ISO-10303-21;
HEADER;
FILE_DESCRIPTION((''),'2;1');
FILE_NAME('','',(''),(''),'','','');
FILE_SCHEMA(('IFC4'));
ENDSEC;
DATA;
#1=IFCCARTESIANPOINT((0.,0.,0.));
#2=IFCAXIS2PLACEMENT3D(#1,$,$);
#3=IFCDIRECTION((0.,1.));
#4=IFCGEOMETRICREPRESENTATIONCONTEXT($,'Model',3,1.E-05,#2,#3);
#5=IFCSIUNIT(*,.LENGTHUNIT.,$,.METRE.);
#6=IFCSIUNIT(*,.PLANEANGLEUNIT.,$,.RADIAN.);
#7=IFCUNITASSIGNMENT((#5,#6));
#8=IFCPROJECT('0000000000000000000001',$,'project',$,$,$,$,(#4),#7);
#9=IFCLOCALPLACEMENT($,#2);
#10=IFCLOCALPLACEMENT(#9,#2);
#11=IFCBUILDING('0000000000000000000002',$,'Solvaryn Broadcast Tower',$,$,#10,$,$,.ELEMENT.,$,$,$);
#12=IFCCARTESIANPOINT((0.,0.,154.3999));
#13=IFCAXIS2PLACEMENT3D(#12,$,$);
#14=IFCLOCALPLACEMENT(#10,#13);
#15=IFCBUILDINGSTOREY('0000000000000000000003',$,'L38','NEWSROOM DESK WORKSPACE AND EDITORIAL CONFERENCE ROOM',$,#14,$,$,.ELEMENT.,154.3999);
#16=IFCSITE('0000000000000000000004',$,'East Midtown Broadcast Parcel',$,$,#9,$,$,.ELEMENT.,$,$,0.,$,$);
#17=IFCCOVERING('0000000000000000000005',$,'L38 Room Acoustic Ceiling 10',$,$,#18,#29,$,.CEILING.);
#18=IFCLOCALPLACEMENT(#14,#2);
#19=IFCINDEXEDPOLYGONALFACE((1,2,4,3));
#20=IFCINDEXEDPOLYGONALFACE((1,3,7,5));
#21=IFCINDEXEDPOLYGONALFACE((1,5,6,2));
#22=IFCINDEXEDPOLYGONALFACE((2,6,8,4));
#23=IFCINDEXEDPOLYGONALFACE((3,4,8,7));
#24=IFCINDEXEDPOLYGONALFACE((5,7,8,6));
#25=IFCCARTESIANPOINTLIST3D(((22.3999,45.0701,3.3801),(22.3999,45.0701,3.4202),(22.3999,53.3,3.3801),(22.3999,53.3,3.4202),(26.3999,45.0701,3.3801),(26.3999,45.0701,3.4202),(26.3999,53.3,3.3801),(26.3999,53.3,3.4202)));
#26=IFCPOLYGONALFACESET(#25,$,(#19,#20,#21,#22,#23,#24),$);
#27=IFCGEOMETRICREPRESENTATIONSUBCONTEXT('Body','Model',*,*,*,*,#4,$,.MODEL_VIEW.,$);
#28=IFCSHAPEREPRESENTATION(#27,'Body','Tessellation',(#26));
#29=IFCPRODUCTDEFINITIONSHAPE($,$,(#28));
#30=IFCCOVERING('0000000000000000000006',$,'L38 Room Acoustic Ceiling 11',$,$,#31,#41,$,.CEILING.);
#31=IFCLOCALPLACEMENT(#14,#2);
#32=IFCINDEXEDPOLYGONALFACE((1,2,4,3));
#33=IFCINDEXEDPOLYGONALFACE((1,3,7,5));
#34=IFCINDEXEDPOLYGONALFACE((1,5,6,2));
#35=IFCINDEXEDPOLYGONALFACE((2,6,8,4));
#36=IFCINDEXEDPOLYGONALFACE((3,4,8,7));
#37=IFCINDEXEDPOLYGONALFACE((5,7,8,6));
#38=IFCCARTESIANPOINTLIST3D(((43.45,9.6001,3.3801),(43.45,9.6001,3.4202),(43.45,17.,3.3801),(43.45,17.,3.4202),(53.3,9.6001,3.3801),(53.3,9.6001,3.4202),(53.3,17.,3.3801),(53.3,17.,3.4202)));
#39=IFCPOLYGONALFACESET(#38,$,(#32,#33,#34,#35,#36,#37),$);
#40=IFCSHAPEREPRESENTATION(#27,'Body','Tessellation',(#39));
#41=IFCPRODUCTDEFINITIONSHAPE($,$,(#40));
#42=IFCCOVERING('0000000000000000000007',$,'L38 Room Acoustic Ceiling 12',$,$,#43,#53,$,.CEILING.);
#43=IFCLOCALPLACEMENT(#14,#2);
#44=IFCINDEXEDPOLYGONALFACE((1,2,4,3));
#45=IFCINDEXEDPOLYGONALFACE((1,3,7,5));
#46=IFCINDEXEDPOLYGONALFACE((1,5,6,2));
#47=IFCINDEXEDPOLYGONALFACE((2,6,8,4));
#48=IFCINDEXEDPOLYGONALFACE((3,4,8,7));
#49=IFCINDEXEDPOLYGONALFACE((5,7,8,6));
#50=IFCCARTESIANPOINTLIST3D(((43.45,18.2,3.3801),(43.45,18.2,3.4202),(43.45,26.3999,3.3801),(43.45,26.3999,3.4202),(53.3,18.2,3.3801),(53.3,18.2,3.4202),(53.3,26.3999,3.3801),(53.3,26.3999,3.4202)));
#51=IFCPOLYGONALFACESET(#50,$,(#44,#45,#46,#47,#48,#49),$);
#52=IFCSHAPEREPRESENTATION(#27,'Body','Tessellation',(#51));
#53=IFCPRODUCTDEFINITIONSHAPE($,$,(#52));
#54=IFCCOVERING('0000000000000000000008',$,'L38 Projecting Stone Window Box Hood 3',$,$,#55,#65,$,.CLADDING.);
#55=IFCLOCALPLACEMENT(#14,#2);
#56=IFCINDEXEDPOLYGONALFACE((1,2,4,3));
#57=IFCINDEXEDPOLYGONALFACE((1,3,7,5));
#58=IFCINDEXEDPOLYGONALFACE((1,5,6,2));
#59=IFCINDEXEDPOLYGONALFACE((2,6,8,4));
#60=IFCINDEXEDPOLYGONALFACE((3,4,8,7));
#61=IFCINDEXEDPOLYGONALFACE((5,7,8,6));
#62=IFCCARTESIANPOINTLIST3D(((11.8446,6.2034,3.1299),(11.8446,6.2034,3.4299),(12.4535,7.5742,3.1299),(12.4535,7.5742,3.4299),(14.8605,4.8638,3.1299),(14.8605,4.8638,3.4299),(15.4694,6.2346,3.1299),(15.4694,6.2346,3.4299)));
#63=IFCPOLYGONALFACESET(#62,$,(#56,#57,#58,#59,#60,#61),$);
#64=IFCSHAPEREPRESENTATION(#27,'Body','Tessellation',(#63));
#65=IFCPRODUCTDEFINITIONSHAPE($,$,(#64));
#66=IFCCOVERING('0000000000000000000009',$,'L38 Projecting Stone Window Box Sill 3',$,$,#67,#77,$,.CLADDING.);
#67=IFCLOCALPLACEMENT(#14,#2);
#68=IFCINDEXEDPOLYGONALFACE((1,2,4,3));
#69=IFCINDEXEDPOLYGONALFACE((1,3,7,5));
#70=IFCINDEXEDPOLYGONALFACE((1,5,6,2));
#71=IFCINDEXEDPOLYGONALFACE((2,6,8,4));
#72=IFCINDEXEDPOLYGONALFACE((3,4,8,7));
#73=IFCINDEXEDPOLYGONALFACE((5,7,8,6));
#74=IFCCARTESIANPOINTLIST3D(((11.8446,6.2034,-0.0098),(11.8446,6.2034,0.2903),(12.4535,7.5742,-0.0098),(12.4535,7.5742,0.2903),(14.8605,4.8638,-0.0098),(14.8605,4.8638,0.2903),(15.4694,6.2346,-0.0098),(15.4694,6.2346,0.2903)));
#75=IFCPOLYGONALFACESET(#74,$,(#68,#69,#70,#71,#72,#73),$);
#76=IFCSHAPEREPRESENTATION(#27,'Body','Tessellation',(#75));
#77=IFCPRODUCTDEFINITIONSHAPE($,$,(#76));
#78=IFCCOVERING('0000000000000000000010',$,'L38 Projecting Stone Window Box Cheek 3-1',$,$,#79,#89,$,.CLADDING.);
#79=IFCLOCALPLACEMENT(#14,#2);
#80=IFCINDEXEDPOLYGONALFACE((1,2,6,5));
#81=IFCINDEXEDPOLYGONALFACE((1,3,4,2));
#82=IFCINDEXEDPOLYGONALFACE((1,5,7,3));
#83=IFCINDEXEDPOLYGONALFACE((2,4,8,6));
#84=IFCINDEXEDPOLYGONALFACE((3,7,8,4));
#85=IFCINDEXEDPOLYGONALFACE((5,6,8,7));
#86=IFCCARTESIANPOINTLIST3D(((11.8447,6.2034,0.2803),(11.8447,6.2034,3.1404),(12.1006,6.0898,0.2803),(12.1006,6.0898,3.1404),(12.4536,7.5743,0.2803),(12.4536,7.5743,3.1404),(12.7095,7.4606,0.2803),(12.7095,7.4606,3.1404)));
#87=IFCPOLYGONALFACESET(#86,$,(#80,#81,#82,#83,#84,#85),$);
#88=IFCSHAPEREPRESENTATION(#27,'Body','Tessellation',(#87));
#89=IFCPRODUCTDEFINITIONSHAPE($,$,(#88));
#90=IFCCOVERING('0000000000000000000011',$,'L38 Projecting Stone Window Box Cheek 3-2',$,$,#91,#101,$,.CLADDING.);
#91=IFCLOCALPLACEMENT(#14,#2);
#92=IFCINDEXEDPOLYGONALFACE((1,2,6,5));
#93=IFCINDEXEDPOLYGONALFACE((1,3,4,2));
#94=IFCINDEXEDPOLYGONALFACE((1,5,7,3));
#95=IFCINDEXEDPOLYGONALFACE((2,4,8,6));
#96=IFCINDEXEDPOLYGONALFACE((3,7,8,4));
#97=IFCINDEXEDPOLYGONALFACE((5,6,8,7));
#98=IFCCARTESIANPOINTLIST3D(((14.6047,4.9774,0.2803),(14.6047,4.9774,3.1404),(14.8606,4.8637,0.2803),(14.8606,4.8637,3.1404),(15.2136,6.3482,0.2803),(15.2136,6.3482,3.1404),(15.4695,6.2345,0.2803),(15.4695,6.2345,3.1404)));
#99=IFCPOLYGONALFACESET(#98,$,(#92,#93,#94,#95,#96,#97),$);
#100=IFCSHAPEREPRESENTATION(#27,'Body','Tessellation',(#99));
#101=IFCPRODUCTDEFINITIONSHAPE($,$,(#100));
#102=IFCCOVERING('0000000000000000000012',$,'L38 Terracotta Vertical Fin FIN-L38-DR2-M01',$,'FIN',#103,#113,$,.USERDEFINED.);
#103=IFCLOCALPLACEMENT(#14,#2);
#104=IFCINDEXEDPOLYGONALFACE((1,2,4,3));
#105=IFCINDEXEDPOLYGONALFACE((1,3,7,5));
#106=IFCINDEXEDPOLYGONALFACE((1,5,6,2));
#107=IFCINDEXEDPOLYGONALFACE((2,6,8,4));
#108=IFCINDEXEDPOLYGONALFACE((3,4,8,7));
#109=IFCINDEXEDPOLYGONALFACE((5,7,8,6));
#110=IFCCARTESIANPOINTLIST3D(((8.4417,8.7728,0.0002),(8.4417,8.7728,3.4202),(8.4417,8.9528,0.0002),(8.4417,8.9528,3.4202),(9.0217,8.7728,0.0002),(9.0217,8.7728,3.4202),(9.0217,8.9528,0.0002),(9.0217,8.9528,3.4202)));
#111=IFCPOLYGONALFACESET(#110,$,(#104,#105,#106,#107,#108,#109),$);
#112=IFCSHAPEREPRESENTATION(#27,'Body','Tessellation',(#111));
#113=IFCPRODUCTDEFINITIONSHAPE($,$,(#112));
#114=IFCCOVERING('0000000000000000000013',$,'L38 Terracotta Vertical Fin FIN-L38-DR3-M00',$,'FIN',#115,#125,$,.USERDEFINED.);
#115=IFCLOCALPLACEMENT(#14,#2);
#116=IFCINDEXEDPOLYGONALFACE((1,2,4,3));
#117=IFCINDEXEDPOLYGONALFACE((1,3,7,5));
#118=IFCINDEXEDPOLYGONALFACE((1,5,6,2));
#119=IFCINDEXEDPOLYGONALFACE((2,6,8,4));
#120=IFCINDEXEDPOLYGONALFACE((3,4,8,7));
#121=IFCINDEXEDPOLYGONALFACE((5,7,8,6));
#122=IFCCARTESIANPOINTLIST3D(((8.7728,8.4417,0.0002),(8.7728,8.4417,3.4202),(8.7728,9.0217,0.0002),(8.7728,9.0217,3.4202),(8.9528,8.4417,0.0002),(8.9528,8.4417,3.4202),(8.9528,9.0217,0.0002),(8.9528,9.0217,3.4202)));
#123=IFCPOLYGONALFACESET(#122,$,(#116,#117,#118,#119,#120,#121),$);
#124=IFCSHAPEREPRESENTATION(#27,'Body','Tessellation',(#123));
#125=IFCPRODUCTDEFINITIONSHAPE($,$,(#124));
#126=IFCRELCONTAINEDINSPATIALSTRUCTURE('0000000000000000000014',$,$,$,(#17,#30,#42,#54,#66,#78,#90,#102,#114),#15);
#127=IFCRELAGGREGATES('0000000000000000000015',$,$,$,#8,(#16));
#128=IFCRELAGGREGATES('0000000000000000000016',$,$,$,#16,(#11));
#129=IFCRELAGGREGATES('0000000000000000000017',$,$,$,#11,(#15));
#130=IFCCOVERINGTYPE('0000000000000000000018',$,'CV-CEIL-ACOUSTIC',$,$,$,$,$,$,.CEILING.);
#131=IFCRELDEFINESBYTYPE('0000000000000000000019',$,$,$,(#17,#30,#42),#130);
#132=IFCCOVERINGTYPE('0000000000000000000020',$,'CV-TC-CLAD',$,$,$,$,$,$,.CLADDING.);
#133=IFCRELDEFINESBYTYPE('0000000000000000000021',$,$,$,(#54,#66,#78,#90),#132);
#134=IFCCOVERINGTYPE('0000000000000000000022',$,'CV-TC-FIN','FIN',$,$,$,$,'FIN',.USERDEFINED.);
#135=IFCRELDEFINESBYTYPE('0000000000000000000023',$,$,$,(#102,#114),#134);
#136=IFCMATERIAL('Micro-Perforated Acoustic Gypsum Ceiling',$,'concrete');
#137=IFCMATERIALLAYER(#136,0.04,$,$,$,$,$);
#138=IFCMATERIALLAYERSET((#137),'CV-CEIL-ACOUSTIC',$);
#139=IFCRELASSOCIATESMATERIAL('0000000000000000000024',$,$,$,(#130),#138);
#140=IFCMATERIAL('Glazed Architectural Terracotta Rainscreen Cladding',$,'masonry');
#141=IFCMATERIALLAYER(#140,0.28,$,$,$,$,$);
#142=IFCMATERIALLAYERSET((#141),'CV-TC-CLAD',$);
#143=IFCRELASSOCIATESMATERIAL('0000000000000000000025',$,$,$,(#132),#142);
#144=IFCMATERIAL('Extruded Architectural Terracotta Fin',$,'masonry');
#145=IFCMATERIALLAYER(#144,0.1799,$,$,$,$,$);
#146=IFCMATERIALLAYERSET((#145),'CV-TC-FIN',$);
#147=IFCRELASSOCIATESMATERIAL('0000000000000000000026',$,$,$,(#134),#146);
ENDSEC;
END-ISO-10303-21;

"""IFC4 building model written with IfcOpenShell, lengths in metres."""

from ifc_helpers import new_model, si_unit, direction, frame, origin, origin_2d, place, context, subcontext, project, spatial, polyline, rectangle, outline, extrude, material, layer, layer_set, type_object, element, save


model = new_model("IFC4")

# Units and contexts
model_context = context("Model", 3, precision=1e-05, world=origin(), true_north=direction((0.0, 1.0)))
body_context = subcontext(model_context, "Body", "Model", "MODEL_VIEW")
ifc_project = project(units=[si_unit("LENGTHUNIT", "METRE"), si_unit("PLANEANGLEUNIT", "RADIAN")], contexts=[model_context])

# Site, building, storey
site_placement = place(None, origin())
site = spatial("IfcSite", under=ifc_project, at=site_placement, Name="East Midtown Broadcast Parcel", CompositionType="ELEMENT", RefElevation=0.0)
building_placement = place(site_placement, origin())
building = spatial("IfcBuilding", under=site, at=building_placement, Name="Solvaryn Broadcast Tower", CompositionType="ELEMENT")
storey_placement = place(building_placement, frame((0.0, 0.0, 154.3999)))
storey = spatial("IfcBuildingStorey", under=building, at=storey_placement, Name="L38", Description="NEWSROOM DESK WORKSPACE AND EDITORIAL CONFERENCE ROOM", CompositionType="ELEMENT", Elevation=154.3999)

# Coverings
ifc_material_1 = material(Name="Micro-Perforated Acoustic Gypsum Ceiling", Category="concrete")
ifc_layer_1 = layer(ifc_material_1, 0.04)
ifc_layer_set_1 = layer_set([ifc_layer_1], Name="CV-CEIL-ACOUSTIC")
covering_type_1 = type_object("IfcCoveringType", Name="CV-CEIL-ACOUSTIC", PredefinedType="CEILING", material=ifc_layer_set_1)
covering_1_placement = place(storey_placement, frame((0.0, 0.0, 3.3801)))
element("IfcCovering", 1, at=covering_1_placement, inside=storey, type_object=covering_type_1, Name="L38 Room Acoustic Ceiling 10", PredefinedType="CEILING", context=body_context, shape_type="SweptSolid", body=[
    extrude(outline(polyline([(22.3999, 45.0701), (26.3999, 45.0701), (26.3999, 53.3), (22.3999, 53.3), (22.3999, 45.0701)])), origin(), (0.0, 0.0, 1.0), 0.04),
])
covering_2_placement = place(storey_placement, frame((0.0, 0.0, 3.3801)))
element("IfcCovering", 2, at=covering_2_placement, inside=storey, type_object=covering_type_1, Name="L38 Room Acoustic Ceiling 11", PredefinedType="CEILING", context=body_context, shape_type="SweptSolid", body=[
    extrude(outline(polyline([(43.45, 9.6001), (53.3, 9.6001), (53.3, 17.0), (43.45, 17.0), (43.45, 9.6001)])), origin(), (0.0, 0.0, 1.0), 0.04),
])
covering_3_placement = place(storey_placement, frame((0.0, 0.0, 3.3801)))
element("IfcCovering", 3, at=covering_3_placement, inside=storey, type_object=covering_type_1, Name="L38 Room Acoustic Ceiling 12", PredefinedType="CEILING", context=body_context, shape_type="SweptSolid", body=[
    extrude(outline(polyline([(43.45, 18.2), (53.3, 18.2), (53.3, 26.3999), (43.45, 26.3999), (43.45, 18.2)])), origin(), (0.0, 0.0, 1.0), 0.04),
])
ifc_material_2 = material(Name="Glazed Architectural Terracotta Rainscreen Cladding", Category="masonry")
ifc_layer_2 = layer(ifc_material_2, 0.28)
ifc_layer_set_2 = layer_set([ifc_layer_2], Name="CV-TC-CLAD")
covering_type_2 = type_object("IfcCoveringType", Name="CV-TC-CLAD", PredefinedType="CLADDING", material=ifc_layer_set_2)
for number, where, z_axis, x_axis, name in (
    (4, (13.657, 6.219, 3.1299), (0.0, 0.0, 1.0), (0.9139, -0.405939, 0.0), "L38 Projecting Stone Window Box Hood 3"),
    (5, (13.657, 6.219, -0.0098), (0.0, 0.0, 1.0), (0.9139, -0.405939, 0.0), "L38 Projecting Stone Window Box Sill 3"),
):
    element("IfcCovering", number, at=place(storey_placement, frame(where, z_axis=z_axis, x_axis=x_axis)), inside=storey, type_object=covering_type_2, Name=name, PredefinedType="CLADDING", context=body_context, shape_type="SweptSolid", body=[
        extrude(rectangle(XDim=3.3, YDim=1.5, at=origin_2d()), origin(), (0.0, 0.0, 1.0), 0.3),
    ])
for number, where, z_axis, x_axis, name in (
    (6, (12.2771, 6.832, 0.2803), (0.0, 0.0, 1.0), (0.9139, -0.405939, 0.0), "L38 Projecting Stone Window Box Cheek 3-1"),
    (7, (15.0371, 5.606, 0.2803), (0.0, 0.0, 1.0), (0.9139, -0.405939, 0.0), "L38 Projecting Stone Window Box Cheek 3-2"),
):
    element("IfcCovering", number, at=place(storey_placement, frame(where, z_axis=z_axis, x_axis=x_axis)), inside=storey, type_object=covering_type_2, Name=name, PredefinedType="CLADDING", context=body_context, shape_type="SweptSolid", body=[
        extrude(rectangle(XDim=0.28, YDim=1.5, at=origin_2d()), origin(), (0.0, 0.0, 1.0), 2.8601),
    ])
ifc_material_3 = material(Name="Extruded Architectural Terracotta Fin", Category="masonry")
ifc_layer_3 = layer(ifc_material_3, 0.1799)
ifc_layer_set_3 = layer_set([ifc_layer_3], Name="CV-TC-FIN")
covering_type_3 = type_object("IfcCoveringType", Name="CV-TC-FIN", Description="FIN", ElementType="FIN", PredefinedType="USERDEFINED", material=ifc_layer_set_3)
covering_4_placement = place(storey_placement, frame((8.7317, 8.8628, 0.0002), z_axis=(0.0, 0.0, 1.0), x_axis=(1.0, 0.0, 0.0)))
element("IfcCovering", 8, at=covering_4_placement, inside=storey, type_object=covering_type_3, Name="L38 Terracotta Vertical Fin FIN-L38-DR2-M01", ObjectType="FIN", PredefinedType="USERDEFINED", context=body_context, shape_type="SweptSolid", body=[
    extrude(rectangle(XDim=0.5801, YDim=0.1799, at=origin_2d()), origin(), (0.0, 0.0, 1.0), 3.4199),
])
covering_5_placement = place(storey_placement, frame((8.8628, 8.7317, 0.0002), z_axis=(0.0, 0.0, 1.0), x_axis=(1.0, 0.0, 0.0)))
element("IfcCovering", 9, at=covering_5_placement, inside=storey, type_object=covering_type_3, Name="L38 Terracotta Vertical Fin FIN-L38-DR3-M00", ObjectType="FIN", PredefinedType="USERDEFINED", context=body_context, shape_type="SweptSolid", body=[
    extrude(rectangle(XDim=0.1799, YDim=0.5801, at=origin_2d()), origin(), (0.0, 0.0, 1.0), 3.4199),
])

save(model, "model.ifc")
